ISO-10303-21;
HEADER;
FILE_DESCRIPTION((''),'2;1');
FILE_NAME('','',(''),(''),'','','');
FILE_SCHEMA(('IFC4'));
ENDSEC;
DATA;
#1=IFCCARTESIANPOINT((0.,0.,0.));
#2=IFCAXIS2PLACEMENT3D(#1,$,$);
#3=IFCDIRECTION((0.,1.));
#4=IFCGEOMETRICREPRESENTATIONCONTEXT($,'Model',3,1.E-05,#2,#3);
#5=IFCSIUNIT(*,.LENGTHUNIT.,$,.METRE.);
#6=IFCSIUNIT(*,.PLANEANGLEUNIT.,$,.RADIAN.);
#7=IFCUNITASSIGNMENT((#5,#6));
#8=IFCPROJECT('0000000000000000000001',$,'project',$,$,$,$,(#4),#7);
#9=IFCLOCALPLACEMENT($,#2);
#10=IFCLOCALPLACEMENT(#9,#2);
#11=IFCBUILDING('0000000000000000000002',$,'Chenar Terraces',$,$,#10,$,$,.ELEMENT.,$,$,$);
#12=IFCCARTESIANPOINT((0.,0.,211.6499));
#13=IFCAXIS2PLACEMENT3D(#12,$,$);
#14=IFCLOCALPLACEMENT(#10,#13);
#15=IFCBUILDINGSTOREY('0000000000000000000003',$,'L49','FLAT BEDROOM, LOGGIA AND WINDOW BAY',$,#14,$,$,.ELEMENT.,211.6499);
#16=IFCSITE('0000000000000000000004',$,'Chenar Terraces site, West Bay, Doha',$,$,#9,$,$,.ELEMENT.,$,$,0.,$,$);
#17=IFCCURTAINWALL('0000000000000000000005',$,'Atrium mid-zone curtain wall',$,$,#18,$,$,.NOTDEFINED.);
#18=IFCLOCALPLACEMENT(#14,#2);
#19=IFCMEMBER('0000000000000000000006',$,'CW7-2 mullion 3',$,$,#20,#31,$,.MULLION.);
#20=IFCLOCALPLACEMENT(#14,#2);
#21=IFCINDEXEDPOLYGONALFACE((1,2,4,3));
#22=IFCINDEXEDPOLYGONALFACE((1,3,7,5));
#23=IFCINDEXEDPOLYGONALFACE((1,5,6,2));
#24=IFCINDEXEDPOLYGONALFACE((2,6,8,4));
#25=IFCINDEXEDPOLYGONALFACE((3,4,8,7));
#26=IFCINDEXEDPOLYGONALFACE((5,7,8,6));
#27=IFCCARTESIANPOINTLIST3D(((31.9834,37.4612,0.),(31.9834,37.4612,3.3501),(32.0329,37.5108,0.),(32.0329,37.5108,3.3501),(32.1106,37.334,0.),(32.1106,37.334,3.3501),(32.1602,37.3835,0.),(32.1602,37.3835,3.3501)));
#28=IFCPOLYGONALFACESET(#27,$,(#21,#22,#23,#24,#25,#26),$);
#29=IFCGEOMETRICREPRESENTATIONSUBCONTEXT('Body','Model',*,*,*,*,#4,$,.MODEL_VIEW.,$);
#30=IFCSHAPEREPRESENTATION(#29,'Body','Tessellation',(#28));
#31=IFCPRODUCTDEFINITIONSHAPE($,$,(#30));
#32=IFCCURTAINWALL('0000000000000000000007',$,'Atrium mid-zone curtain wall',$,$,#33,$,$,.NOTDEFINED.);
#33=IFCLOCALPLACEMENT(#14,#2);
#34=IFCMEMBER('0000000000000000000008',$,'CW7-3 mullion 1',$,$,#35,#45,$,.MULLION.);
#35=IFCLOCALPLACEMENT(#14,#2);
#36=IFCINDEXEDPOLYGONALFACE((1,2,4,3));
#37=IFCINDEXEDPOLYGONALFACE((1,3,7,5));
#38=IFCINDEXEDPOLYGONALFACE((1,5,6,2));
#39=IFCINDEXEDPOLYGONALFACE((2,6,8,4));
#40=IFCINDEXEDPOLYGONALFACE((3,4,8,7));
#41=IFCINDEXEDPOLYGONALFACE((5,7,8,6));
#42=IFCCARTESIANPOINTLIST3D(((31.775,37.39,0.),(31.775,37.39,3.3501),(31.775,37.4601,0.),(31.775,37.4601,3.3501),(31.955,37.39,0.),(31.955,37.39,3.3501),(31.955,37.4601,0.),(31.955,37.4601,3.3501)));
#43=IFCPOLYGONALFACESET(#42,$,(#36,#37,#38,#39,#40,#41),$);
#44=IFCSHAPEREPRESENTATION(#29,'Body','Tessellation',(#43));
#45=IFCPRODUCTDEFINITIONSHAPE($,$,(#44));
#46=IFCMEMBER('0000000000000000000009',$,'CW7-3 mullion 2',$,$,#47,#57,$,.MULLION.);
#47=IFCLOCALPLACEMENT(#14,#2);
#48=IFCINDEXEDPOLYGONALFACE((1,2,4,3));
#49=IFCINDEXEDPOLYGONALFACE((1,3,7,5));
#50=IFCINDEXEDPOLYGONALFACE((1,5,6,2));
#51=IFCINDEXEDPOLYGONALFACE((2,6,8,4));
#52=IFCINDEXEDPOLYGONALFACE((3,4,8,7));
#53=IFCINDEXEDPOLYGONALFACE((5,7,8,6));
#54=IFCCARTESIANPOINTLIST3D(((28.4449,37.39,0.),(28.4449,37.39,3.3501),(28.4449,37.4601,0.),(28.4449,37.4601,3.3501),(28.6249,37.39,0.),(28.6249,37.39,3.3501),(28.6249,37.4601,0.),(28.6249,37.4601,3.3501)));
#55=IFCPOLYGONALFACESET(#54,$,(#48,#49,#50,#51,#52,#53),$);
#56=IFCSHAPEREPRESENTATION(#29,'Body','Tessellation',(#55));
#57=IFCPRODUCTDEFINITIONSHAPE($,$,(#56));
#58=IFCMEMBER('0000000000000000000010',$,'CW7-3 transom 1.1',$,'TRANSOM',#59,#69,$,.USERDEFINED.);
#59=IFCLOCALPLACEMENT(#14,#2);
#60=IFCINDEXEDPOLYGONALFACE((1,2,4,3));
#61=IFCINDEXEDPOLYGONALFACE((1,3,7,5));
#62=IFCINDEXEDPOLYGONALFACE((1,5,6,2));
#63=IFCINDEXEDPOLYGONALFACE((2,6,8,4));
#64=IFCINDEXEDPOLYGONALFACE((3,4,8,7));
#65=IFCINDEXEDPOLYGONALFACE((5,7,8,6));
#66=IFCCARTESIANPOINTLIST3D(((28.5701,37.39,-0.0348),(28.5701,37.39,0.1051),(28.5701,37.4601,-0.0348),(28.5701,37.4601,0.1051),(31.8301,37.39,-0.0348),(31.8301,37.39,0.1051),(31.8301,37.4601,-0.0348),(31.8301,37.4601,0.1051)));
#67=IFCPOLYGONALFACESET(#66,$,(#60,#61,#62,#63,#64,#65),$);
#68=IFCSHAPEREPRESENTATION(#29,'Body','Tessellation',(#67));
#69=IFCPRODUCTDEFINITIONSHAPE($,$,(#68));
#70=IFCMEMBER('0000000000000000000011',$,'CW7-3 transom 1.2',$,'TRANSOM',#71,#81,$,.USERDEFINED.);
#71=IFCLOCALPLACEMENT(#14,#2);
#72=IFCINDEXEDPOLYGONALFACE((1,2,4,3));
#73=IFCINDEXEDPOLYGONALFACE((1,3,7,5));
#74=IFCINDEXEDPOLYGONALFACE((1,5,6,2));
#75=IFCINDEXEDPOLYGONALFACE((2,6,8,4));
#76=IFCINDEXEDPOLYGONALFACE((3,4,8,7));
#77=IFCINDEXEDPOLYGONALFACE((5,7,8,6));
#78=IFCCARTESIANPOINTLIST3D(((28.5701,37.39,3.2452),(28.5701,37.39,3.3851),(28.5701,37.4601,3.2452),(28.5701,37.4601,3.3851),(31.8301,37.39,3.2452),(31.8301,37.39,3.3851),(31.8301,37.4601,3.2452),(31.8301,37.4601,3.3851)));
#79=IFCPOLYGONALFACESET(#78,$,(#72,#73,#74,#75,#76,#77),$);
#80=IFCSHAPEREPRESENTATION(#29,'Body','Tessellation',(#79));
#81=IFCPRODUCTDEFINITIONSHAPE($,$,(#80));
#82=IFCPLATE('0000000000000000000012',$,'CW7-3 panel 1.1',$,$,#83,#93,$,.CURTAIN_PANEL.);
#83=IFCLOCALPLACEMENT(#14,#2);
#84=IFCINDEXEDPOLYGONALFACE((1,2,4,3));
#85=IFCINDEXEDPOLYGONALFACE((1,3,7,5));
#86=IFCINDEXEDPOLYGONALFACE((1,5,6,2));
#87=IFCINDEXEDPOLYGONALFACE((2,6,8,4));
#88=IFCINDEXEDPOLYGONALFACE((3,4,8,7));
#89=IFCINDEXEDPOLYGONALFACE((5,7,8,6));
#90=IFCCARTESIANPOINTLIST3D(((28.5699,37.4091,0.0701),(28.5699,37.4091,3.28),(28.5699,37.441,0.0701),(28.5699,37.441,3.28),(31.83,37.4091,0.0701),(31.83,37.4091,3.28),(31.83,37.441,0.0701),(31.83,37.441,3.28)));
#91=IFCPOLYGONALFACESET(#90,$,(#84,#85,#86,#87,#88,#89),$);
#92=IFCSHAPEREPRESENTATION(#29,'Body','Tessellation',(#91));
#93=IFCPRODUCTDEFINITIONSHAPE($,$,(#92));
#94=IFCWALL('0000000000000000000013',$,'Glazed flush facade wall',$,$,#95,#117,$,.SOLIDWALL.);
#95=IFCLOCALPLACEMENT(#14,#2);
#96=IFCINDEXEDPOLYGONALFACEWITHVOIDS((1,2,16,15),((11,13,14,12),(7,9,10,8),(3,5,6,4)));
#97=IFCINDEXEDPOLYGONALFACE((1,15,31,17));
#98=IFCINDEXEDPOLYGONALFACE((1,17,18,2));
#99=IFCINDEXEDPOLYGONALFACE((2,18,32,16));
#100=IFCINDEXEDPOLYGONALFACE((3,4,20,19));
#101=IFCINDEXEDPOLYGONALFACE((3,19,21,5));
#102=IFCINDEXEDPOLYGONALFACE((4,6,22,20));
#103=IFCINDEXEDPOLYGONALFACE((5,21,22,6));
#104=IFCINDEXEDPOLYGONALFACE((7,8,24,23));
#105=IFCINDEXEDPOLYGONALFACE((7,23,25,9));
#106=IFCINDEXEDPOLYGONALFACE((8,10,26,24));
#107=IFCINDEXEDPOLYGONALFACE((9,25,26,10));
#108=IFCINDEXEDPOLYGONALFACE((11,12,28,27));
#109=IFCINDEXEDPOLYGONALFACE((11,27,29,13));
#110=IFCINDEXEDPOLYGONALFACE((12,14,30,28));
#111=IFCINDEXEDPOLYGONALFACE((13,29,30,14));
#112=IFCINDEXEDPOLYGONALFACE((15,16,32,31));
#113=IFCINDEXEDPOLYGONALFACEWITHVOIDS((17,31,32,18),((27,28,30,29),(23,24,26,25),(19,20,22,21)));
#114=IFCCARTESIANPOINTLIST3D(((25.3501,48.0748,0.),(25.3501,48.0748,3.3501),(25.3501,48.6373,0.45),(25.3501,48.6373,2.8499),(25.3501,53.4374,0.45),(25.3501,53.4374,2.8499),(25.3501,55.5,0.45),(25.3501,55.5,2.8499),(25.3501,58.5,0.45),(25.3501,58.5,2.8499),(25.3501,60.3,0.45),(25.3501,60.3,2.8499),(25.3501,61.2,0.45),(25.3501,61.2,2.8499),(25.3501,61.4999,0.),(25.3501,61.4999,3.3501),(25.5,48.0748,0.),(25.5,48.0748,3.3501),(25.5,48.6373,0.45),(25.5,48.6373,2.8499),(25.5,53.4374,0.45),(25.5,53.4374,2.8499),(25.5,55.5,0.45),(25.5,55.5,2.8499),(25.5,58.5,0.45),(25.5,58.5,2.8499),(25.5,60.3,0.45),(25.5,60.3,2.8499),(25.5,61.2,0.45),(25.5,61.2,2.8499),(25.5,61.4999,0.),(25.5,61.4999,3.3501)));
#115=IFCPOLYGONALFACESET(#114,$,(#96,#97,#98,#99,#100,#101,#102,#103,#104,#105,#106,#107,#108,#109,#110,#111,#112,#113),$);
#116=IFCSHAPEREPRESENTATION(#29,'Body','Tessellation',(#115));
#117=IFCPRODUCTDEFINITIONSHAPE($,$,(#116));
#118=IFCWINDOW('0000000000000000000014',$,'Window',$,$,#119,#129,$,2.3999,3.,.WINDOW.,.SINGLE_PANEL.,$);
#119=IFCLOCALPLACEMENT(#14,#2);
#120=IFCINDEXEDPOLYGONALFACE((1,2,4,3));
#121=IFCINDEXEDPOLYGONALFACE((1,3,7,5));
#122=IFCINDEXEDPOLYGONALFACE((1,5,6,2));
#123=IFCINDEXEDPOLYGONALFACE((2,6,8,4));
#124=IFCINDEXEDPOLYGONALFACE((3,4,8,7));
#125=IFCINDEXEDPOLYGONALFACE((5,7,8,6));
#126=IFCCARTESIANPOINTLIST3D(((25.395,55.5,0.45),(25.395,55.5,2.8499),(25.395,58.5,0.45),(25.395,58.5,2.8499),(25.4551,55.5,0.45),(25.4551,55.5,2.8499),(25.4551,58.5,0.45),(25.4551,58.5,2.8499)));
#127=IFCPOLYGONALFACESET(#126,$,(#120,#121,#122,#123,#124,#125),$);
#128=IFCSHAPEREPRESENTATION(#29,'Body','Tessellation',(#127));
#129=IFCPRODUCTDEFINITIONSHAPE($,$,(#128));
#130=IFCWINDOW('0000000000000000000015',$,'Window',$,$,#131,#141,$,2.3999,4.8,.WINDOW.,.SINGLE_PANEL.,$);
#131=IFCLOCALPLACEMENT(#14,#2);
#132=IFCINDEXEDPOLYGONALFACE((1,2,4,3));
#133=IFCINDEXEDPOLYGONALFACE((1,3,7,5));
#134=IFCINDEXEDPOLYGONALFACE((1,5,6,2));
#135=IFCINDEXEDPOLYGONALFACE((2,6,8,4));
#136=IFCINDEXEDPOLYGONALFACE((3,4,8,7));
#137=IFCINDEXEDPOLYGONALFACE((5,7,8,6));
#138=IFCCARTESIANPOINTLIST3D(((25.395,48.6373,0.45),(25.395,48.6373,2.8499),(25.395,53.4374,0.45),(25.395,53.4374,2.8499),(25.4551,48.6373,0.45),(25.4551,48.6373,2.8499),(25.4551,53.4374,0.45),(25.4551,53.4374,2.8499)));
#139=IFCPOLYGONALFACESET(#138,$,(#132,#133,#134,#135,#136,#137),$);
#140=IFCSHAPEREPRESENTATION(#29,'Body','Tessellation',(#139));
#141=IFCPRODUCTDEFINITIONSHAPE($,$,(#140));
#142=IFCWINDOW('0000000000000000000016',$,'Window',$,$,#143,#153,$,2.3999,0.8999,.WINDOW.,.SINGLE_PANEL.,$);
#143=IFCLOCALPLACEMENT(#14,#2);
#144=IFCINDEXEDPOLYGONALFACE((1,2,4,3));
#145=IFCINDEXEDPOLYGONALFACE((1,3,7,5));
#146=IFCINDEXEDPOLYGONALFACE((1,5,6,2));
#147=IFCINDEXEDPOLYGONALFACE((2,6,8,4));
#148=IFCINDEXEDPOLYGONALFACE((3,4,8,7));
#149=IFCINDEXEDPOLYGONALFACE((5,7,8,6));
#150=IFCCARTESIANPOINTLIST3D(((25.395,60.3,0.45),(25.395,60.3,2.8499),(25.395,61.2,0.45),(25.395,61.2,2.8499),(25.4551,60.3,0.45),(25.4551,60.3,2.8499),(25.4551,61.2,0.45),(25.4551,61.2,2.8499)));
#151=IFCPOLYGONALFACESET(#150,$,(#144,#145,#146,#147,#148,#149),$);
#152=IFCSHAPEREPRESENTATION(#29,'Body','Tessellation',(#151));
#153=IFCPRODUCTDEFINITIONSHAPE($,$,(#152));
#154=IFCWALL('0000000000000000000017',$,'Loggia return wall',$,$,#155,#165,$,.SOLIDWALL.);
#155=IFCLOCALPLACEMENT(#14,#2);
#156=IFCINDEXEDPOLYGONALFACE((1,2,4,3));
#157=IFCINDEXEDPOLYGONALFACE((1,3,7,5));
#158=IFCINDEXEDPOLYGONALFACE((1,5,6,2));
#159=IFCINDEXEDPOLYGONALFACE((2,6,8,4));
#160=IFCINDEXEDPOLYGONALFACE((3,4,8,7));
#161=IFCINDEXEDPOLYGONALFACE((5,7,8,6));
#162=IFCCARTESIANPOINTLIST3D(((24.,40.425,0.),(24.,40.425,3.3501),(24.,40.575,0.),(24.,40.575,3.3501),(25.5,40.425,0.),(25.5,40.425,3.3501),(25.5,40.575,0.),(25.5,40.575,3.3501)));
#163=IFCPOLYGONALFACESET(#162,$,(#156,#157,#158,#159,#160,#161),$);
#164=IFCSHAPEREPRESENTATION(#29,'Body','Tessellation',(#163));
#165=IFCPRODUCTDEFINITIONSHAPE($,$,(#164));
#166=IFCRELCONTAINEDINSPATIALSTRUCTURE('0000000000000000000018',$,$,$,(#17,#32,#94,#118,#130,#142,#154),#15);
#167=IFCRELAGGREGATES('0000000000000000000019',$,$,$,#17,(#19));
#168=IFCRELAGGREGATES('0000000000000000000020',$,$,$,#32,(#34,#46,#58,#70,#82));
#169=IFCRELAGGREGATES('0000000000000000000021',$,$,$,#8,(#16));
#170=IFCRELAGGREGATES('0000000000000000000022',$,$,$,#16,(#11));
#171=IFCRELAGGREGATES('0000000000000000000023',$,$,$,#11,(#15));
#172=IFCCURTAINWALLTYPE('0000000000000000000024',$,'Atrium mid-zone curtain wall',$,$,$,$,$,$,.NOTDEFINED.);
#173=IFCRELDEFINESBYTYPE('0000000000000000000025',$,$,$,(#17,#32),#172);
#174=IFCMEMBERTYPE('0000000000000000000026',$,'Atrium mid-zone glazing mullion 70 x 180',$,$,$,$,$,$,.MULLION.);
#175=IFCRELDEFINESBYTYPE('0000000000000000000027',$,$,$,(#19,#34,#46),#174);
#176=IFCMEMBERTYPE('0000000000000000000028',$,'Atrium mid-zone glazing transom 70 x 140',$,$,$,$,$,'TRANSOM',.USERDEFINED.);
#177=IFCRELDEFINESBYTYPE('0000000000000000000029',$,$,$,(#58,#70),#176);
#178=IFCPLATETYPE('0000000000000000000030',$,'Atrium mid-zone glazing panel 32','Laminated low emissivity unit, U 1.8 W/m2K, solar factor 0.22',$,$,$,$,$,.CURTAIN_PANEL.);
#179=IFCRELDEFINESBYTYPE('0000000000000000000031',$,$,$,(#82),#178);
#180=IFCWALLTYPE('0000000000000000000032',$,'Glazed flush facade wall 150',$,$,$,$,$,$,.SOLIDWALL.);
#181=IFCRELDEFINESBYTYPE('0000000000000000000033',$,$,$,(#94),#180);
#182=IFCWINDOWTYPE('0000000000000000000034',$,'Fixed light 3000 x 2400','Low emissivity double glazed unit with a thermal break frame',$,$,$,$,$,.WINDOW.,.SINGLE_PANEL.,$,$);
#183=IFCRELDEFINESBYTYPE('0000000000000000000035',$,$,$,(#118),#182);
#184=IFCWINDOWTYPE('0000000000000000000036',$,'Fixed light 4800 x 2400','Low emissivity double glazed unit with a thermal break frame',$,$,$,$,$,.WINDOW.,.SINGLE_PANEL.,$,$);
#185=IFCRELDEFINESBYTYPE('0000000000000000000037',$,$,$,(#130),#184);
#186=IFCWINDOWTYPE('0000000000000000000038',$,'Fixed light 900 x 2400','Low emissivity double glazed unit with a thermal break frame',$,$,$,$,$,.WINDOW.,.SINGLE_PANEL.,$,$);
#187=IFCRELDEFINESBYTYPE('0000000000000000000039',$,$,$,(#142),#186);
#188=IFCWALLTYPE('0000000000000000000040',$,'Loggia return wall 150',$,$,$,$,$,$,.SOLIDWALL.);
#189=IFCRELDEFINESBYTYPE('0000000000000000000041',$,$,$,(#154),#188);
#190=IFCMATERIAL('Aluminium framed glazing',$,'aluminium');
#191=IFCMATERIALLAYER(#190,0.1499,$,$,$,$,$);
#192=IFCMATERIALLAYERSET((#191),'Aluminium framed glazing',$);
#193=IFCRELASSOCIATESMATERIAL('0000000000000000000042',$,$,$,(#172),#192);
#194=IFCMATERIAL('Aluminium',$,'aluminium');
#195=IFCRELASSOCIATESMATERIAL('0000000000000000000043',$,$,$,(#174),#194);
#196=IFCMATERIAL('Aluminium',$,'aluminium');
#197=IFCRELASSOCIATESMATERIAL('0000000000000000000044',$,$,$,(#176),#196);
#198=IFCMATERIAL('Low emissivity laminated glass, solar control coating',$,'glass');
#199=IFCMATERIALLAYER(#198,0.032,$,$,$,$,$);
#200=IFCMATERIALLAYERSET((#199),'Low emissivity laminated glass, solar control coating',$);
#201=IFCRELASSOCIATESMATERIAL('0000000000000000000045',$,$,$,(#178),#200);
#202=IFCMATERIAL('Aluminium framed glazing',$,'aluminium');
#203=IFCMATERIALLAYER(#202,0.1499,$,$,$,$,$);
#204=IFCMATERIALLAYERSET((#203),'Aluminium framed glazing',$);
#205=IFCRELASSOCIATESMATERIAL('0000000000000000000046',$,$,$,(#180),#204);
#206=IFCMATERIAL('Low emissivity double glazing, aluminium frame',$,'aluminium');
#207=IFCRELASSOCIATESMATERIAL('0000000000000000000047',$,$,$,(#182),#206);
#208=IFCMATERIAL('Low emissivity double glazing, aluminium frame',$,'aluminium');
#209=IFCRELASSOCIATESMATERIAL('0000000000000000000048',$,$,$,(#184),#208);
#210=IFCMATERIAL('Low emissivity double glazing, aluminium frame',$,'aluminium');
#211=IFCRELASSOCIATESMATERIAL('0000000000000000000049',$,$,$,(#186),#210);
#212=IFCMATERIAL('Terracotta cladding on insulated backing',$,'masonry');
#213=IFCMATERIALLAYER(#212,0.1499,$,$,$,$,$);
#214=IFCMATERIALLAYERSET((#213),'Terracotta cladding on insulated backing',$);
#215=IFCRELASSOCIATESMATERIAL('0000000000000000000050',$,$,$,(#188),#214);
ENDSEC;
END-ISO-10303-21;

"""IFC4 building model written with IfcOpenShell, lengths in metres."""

from ifc_helpers import new_model, si_unit, direction, frame, frame_2d, origin, origin_2d, place, context, subcontext, project, spatial, rectangle, extrude, material, layer, layer_set, material_profile, profile_set, type_object, element, fill, aggregate, save


model = new_model("IFC4")

# Units and contexts
model_context = context("Model", 3, precision=1e-05, world=origin(), true_north=direction((0.0, 1.0)))
body_context = subcontext(model_context, "Body", "Model", "MODEL_VIEW")
ifc_project = project(units=[si_unit("LENGTHUNIT", "METRE"), si_unit("PLANEANGLEUNIT", "RADIAN")], contexts=[model_context])

# Site, building, storey
site_placement = place(None, origin())
site = spatial("IfcSite", under=ifc_project, at=site_placement, Name="Chenar Terraces site, West Bay, Doha", CompositionType="ELEMENT", RefElevation=0.0)
building_placement = place(site_placement, origin())
building = spatial("IfcBuilding", under=site, at=building_placement, Name="Chenar Terraces", CompositionType="ELEMENT")
storey_placement = place(building_placement, frame((0.0, 0.0, 211.6499)))
storey = spatial("IfcBuildingStorey", under=building, at=storey_placement, Name="L49", Description="FLAT BEDROOM, LOGGIA AND WINDOW BAY", CompositionType="ELEMENT", Elevation=211.6499)

# Curtain wall, member
ifc_material_1 = material(Name="Aluminium framed glazing", Category="aluminium")
ifc_layer_1 = layer(ifc_material_1, 0.1499)
ifc_layer_set_1 = layer_set([ifc_layer_1], Name="Aluminium framed glazing")
curtain_wall_type = type_object("IfcCurtainWallType", Name="Atrium mid-zone curtain wall", PredefinedType="NOTDEFINED", material=ifc_layer_set_1)
placement = place(storey_placement, origin())
curtain_wall_1 = element("IfcCurtainWall", 1, at=placement, inside=storey, type_object=curtain_wall_type, Name="Atrium mid-zone curtain wall", PredefinedType="NOTDEFINED")
ifc_material_2 = material(Name="Aluminium", Category="aluminium")
ifc_material_profile_1 = material_profile(ifc_material_2, rectangle(XDim=0.0701, YDim=0.1799, at=origin_2d()), Name="Atrium mid-zone glazing mullion 70 x 180")
ifc_profile_set_1 = profile_set([ifc_material_profile_1], Name="Aluminium")
member_type_1 = type_object("IfcMemberType", Name="Atrium mid-zone glazing mullion 70 x 180", PredefinedType="MULLION", material=ifc_profile_set_1)
member_1_placement = place(storey_placement, frame((32.0718, 37.4224, 0.0), z_axis=(0.0, 0.0, 1.0), x_axis=(-0.707107, -0.707107, 0.0)))
member_1 = element("IfcMember", 2, at=member_1_placement, type_object=member_type_1, Name="CW7-2 mullion 3", PredefinedType="MULLION", context=body_context, shape_type="SweptSolid", body=[
    extrude(rectangle(XDim=0.0701, YDim=0.1799, at=origin_2d()), origin(), (0.0, 0.0, 1.0), 3.3501),
])
aggregate(curtain_wall_1, [member_1])

# Curtain wall, members, plate
curtain_wall_2 = element("IfcCurtainWall", 3, at=placement, inside=storey, type_object=curtain_wall_type, Name="Atrium mid-zone curtain wall", PredefinedType="NOTDEFINED")
member_2_placement = place(storey_placement, frame((31.865, 37.425, 0.0), z_axis=(0.0, 0.0, 1.0), x_axis=(0.0, -1.0, 0.0)))
member_2 = element("IfcMember", 4, at=member_2_placement, type_object=member_type_1, Name="CW7-3 mullion 1", PredefinedType="MULLION", context=body_context, shape_type="SweptSolid", body=[
    extrude(rectangle(XDim=0.0701, YDim=0.1799, at=origin_2d()), origin(), (0.0, 0.0, 1.0), 3.3501),
])
member_3_placement = place(storey_placement, frame((28.5349, 37.425, 0.0), z_axis=(0.0, 0.0, 1.0), x_axis=(0.0, -1.0, 0.0)))
member_3 = element("IfcMember", 5, at=member_3_placement, type_object=member_type_1, Name="CW7-3 mullion 2", PredefinedType="MULLION", context=body_context, shape_type="SweptSolid", body=[
    extrude(rectangle(XDim=0.0701, YDim=0.1799, at=origin_2d()), origin(), (0.0, 0.0, 1.0), 3.3501),
])
ifc_material_3 = material(Name="Aluminium", Category="aluminium")
ifc_material_profile_2 = material_profile(ifc_material_3, rectangle(XDim=0.0701, YDim=0.1399, at=origin_2d()), Name="Atrium mid-zone glazing transom 70 x 140")
ifc_profile_set_2 = profile_set([ifc_material_profile_2], Name="Aluminium")
member_type_2 = type_object("IfcMemberType", Name="Atrium mid-zone glazing transom 70 x 140", ElementType="TRANSOM", PredefinedType="USERDEFINED", material=ifc_profile_set_2)
member_4_placement = place(storey_placement, frame((31.8301, 37.425, 0.0352), z_axis=(-1.0, 0.0, 0.0), x_axis=(0.0, -1.0, 0.0)))
member_4 = element("IfcMember", 6, at=member_4_placement, type_object=member_type_2, Name="CW7-3 transom 1.1", ObjectType="TRANSOM", PredefinedType="USERDEFINED", context=body_context, shape_type="SweptSolid", body=[
    extrude(rectangle(XDim=0.0701, YDim=0.1399, at=origin_2d()), origin(), (0.0, 0.0, 1.0), 3.26),
])
member_5_placement = place(storey_placement, frame((31.8301, 37.425, 3.3152), z_axis=(-1.0, 0.0, 0.0), x_axis=(0.0, -1.0, 0.0)))
member_5 = element("IfcMember", 7, at=member_5_placement, type_object=member_type_2, Name="CW7-3 transom 1.2", ObjectType="TRANSOM", PredefinedType="USERDEFINED", context=body_context, shape_type="SweptSolid", body=[
    extrude(rectangle(XDim=0.0701, YDim=0.1399, at=origin_2d()), origin(), (0.0, 0.0, 1.0), 3.26),
])
ifc_material_4 = material(Name="Low emissivity laminated glass, solar control coating", Category="glass")
ifc_layer_2 = layer(ifc_material_4, 0.032)
ifc_layer_set_2 = layer_set([ifc_layer_2], Name="Low emissivity laminated glass, solar control coating")
plate_type = type_object("IfcPlateType", Name="Atrium mid-zone glazing panel 32", Description="Laminated low emissivity unit, U 1.8 W/m2K, solar factor 0.22", PredefinedType="CURTAIN_PANEL", material=ifc_layer_set_2)
plate_placement = place(storey_placement, frame((30.2, 37.425, 0.0701), z_axis=(0.0, 0.0, 1.0), x_axis=(-1.0, 0.0, 0.0)))
plate = element("IfcPlate", 8, at=plate_placement, type_object=plate_type, Name="CW7-3 panel 1.1", PredefinedType="CURTAIN_PANEL", context=body_context, shape_type="SweptSolid", body=[
    extrude(rectangle(XDim=3.26, YDim=0.032, at=origin_2d()), origin(), (0.0, 0.0, 1.0), 3.21),
])
aggregate(curtain_wall_2, [member_2, member_3, member_4, member_5, plate])

# Wall, openings, windows
ifc_material_5 = material(Name="Aluminium framed glazing", Category="aluminium")
ifc_layer_3 = layer(ifc_material_5, 0.1499)
ifc_layer_set_3 = layer_set([ifc_layer_3], Name="Aluminium framed glazing")
wall_type_1 = type_object("IfcWallType", Name="Glazed flush facade wall 150", PredefinedType="SOLIDWALL", material=ifc_layer_set_3)
wall_1_placement = place(storey_placement, frame((25.425, 48.075, 0.0), z_axis=(0.0, 0.0, 1.0), x_axis=(0.0, 1.0, 0.0)))
wall_1 = element("IfcWall", 9, at=wall_1_placement, inside=storey, type_object=wall_type_1, Name="Glazed flush facade wall", PredefinedType="SOLIDWALL", context=body_context, shape_type="SweptSolid", body=[
    extrude(rectangle(XDim=13.425, YDim=0.1499, at=frame_2d((6.7124, 0.0))), origin(), (0.0, 0.0, 1.0), 3.3501),
])
opening_1_placement = place(wall_1_placement, frame((0.5625, 0.0, 0.45)))
opening_1 = element("IfcOpeningElement", 10, at=opening_1_placement, cuts=wall_1, PredefinedType="OPENING", context=body_context, shape_type="SweptSolid", body=[
    extrude(rectangle(XDim=4.8, YDim=2.3999, at=frame_2d((2.3999, 1.2))), frame((0.0, 0.085, 0.0), z_axis=(0.0, -1.0, 0.0), x_axis=(1.0, 0.0, 0.0)), (0.0, 0.0, 1.0), 0.1699),
])
opening_2_placement = place(wall_1_placement, frame((7.425, 0.0, 0.45)))
opening_2 = element("IfcOpeningElement", 11, at=opening_2_placement, cuts=wall_1, PredefinedType="OPENING", context=body_context, shape_type="SweptSolid", body=[
    extrude(rectangle(XDim=3.0, YDim=2.3999, at=frame_2d((1.5, 1.2))), frame((0.0, 0.085, 0.0), z_axis=(0.0, -1.0, 0.0), x_axis=(1.0, 0.0, 0.0)), (0.0, 0.0, 1.0), 0.1699),
])
opening_3_placement = place(wall_1_placement, frame((12.2251, 0.0, 0.45)))
opening_3 = element("IfcOpeningElement", 12, at=opening_3_placement, cuts=wall_1, PredefinedType="OPENING", context=body_context, shape_type="SweptSolid", body=[
    extrude(rectangle(XDim=0.8999, YDim=2.3999, at=frame_2d((0.45, 1.2))), frame((0.0, 0.085, 0.0), z_axis=(0.0, -1.0, 0.0), x_axis=(1.0, 0.0, 0.0)), (0.0, 0.0, 1.0), 0.1699),
])
ifc_material_6 = material(Name="Low emissivity double glazing, aluminium frame", Category="aluminium")
window_type_1 = type_object("IfcWindowType", Name="Fixed light 3000 x 2400", Description="Low emissivity double glazed unit with a thermal break frame", PartitioningType="SINGLE_PANEL", PredefinedType="WINDOW", material=ifc_material_6)
window_1_placement = place(opening_2_placement, origin())
window_1 = element("IfcWindow", 13, at=window_1_placement, inside=storey, type_object=window_type_1, Name="Window", OverallHeight=2.3999, OverallWidth=3.0, PartitioningType="SINGLE_PANEL", PredefinedType="WINDOW", context=body_context, shape_type="SweptSolid", body=[
    extrude(rectangle(XDim=3.0, YDim=2.3999, at=frame_2d((1.5, 1.2))), frame((0.0, 0.03, 0.0), z_axis=(0.0, -1.0, 0.0), x_axis=(1.0, 0.0, 0.0)), (0.0, 0.0, 1.0), 0.0601),
])
fill(opening_2, window_1)
ifc_material_7 = material(Name="Low emissivity double glazing, aluminium frame", Category="aluminium")
window_type_2 = type_object("IfcWindowType", Name="Fixed light 4800 x 2400", Description="Low emissivity double glazed unit with a thermal break frame", PartitioningType="SINGLE_PANEL", PredefinedType="WINDOW", material=ifc_material_7)
window_2_placement = place(opening_1_placement, origin())
window_2 = element("IfcWindow", 14, at=window_2_placement, inside=storey, type_object=window_type_2, Name="Window", OverallHeight=2.3999, OverallWidth=4.8, PartitioningType="SINGLE_PANEL", PredefinedType="WINDOW", context=body_context, shape_type="SweptSolid", body=[
    extrude(rectangle(XDim=4.8, YDim=2.3999, at=frame_2d((2.3999, 1.2))), frame((0.0, 0.03, 0.0), z_axis=(0.0, -1.0, 0.0), x_axis=(1.0, 0.0, 0.0)), (0.0, 0.0, 1.0), 0.0601),
])
fill(opening_1, window_2)
ifc_material_8 = material(Name="Low emissivity double glazing, aluminium frame", Category="aluminium")
window_type_3 = type_object("IfcWindowType", Name="Fixed light 900 x 2400", Description="Low emissivity double glazed unit with a thermal break frame", PartitioningType="SINGLE_PANEL", PredefinedType="WINDOW", material=ifc_material_8)
window_3_placement = place(opening_3_placement, origin())
window_3 = element("IfcWindow", 15, at=window_3_placement, inside=storey, type_object=window_type_3, Name="Window", OverallHeight=2.3999, OverallWidth=0.8999, PartitioningType="SINGLE_PANEL", PredefinedType="WINDOW", context=body_context, shape_type="SweptSolid", body=[
    extrude(rectangle(XDim=0.8999, YDim=2.3999, at=frame_2d((0.45, 1.2))), frame((0.0, 0.03, 0.0), z_axis=(0.0, -1.0, 0.0), x_axis=(1.0, 0.0, 0.0)), (0.0, 0.0, 1.0), 0.0601),
])
fill(opening_3, window_3)

# Wall
ifc_material_9 = material(Name="Terracotta cladding on insulated backing", Category="masonry")
ifc_layer_4 = layer(ifc_material_9, 0.1499)
ifc_layer_set_4 = layer_set([ifc_layer_4], Name="Terracotta cladding on insulated backing")
wall_type_2 = type_object("IfcWallType", Name="Loggia return wall 150", PredefinedType="SOLIDWALL", material=ifc_layer_set_4)
for number, where, z_axis, x_axis, name in (
    (16, (25.5, 40.5, 0.0), (0.0, 0.0, 1.0), (-1.0, 0.0, 0.0), "Loggia return wall"),
):
    element("IfcWall", number, at=place(storey_placement, frame(where, z_axis=z_axis, x_axis=x_axis)), inside=storey, type_object=wall_type_2, Name=name, PredefinedType="SOLIDWALL", context=body_context, shape_type="SweptSolid", body=[
        extrude(rectangle(XDim=1.5, YDim=0.1499, at=frame_2d((0.75, 0.0))), origin(), (0.0, 0.0, 1.0), 3.3501),
    ])

save(model, "model.ifc")
